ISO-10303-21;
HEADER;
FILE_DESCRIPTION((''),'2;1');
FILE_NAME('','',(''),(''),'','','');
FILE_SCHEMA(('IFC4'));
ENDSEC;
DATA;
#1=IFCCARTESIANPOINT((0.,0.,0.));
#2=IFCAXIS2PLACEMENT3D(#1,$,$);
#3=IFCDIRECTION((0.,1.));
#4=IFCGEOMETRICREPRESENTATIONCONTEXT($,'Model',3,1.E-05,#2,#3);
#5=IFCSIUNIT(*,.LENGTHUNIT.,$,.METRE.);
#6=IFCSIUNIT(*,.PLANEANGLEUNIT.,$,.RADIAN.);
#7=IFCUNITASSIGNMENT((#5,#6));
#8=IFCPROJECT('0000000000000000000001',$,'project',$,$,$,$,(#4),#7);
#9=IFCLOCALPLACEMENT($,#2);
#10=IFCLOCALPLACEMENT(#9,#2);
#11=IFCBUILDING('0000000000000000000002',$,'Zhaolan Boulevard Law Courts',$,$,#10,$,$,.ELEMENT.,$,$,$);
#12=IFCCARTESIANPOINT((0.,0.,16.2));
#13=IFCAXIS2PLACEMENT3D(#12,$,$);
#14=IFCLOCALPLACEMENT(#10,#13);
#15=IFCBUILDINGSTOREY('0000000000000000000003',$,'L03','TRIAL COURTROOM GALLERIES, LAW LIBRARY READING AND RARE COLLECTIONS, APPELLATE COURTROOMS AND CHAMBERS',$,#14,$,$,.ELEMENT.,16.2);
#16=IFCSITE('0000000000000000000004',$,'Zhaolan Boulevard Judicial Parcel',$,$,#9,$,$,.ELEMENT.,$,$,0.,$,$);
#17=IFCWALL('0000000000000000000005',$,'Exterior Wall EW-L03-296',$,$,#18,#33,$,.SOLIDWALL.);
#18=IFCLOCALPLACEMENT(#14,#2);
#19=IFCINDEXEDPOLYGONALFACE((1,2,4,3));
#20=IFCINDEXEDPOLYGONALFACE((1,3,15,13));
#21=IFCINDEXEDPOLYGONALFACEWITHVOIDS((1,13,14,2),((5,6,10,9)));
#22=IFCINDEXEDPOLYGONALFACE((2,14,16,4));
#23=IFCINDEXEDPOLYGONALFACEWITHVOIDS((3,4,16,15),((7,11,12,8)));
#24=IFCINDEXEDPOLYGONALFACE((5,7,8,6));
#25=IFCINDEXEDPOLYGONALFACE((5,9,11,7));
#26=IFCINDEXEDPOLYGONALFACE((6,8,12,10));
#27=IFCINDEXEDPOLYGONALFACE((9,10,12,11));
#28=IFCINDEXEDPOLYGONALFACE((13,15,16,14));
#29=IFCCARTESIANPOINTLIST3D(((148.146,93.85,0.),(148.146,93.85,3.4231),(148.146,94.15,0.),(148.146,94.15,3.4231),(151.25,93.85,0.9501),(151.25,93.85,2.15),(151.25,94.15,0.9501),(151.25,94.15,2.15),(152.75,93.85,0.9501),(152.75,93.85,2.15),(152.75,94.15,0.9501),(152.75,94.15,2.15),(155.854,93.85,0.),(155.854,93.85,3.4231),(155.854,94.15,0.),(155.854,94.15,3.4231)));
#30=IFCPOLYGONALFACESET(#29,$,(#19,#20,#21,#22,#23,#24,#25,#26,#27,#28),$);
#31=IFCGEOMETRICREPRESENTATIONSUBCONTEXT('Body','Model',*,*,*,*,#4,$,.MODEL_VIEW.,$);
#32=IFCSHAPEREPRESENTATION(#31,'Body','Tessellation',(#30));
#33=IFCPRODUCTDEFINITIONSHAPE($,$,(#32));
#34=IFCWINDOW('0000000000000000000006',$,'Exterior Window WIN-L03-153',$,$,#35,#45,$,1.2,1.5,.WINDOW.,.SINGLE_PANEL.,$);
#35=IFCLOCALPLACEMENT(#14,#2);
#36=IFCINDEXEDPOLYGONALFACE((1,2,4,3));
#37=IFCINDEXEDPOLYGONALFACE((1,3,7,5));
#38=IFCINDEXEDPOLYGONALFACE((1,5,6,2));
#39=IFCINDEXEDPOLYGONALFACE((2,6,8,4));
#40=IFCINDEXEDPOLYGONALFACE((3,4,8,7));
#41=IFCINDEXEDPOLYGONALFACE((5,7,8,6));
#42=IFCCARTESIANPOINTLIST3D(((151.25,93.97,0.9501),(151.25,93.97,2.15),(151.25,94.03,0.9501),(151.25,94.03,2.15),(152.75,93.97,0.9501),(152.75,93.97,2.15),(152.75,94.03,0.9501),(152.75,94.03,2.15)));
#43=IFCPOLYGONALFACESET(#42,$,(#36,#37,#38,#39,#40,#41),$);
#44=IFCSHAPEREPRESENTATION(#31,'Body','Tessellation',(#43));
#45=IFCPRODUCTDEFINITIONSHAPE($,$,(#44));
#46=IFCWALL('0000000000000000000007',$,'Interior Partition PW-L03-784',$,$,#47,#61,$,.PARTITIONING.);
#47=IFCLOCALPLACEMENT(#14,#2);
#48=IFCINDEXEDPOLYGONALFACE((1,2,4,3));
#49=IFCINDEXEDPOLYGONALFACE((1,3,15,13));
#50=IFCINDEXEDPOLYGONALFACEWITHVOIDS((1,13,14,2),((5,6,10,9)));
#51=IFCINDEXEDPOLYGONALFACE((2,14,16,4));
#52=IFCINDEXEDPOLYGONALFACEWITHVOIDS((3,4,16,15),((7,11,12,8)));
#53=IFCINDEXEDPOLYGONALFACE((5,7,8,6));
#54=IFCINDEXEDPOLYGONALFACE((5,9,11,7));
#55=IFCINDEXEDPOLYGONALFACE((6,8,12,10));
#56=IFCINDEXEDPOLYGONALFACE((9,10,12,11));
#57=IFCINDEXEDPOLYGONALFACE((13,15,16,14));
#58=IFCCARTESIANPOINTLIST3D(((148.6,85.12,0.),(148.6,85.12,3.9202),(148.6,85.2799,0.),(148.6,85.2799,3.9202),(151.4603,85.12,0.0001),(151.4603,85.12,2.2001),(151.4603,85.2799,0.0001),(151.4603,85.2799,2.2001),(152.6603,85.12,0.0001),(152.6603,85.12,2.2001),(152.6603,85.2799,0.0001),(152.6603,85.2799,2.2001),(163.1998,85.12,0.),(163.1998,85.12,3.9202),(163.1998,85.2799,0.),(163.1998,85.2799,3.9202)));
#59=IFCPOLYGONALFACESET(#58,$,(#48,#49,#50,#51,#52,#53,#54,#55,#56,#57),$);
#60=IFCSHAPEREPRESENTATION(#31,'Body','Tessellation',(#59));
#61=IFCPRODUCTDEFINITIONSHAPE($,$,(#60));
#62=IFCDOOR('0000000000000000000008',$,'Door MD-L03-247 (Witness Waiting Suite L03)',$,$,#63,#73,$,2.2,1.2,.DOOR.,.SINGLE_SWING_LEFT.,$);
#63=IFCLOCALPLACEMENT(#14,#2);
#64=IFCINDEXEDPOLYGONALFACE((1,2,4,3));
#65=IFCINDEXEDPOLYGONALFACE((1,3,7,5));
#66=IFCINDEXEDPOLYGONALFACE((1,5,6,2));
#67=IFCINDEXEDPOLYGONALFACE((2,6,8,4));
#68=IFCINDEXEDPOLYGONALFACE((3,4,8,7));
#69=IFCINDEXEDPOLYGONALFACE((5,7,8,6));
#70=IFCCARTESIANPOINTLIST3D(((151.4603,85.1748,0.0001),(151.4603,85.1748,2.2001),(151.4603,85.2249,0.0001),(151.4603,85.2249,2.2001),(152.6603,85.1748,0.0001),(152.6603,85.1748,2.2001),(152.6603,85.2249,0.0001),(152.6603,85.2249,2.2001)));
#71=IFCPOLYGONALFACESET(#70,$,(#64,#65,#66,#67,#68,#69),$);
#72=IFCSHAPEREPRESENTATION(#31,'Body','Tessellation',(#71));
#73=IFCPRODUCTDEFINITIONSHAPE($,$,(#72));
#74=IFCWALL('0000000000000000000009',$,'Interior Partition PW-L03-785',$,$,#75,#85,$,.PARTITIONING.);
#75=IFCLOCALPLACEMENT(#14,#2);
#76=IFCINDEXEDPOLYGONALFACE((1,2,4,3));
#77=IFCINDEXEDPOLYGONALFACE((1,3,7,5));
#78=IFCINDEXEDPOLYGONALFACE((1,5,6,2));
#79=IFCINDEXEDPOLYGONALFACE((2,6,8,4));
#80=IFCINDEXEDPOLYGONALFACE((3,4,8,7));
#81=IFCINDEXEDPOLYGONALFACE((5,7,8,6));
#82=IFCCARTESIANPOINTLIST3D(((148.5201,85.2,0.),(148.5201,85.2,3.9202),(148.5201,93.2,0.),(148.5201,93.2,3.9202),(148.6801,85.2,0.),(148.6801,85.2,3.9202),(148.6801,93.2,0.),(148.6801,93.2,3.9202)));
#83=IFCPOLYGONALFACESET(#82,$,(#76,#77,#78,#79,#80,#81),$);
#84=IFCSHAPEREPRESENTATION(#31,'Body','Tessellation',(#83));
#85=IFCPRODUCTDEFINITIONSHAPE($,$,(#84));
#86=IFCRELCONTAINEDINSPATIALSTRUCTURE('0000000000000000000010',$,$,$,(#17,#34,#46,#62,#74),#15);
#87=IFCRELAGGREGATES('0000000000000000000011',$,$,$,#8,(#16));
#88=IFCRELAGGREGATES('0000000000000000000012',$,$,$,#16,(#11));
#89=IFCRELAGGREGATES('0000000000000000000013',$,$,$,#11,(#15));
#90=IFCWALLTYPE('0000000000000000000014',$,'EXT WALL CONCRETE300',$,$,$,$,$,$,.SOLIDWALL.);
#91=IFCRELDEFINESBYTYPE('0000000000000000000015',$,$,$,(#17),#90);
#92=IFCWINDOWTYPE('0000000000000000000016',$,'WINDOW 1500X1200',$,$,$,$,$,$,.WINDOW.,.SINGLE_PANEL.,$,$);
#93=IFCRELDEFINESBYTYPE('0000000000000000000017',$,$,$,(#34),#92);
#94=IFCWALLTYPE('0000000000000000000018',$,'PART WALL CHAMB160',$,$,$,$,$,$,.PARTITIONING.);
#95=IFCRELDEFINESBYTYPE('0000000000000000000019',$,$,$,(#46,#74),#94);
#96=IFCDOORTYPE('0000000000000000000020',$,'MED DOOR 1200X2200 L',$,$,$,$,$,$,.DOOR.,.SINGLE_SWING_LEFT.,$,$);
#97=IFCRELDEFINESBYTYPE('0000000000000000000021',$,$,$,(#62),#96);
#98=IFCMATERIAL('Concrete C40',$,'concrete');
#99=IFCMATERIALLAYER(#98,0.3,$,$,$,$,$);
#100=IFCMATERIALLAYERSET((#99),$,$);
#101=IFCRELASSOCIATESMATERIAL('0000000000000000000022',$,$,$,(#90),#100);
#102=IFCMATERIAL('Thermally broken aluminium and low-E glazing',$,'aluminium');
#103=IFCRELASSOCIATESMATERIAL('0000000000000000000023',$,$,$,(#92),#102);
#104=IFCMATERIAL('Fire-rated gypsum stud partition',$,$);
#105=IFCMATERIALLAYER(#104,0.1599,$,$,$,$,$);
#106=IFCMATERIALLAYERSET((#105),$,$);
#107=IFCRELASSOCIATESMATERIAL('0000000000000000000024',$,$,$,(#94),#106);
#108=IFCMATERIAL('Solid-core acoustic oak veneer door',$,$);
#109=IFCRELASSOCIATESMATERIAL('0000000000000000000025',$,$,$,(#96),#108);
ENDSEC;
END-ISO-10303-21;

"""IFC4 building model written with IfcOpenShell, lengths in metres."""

from ifc_helpers import new_model, si_unit, direction, frame, frame_2d, origin, place, context, subcontext, project, spatial, rectangle, extrude, material, layer, layer_set, type_object, element, fill, save


model = new_model("IFC4")

# Units and contexts
model_context = context("Model", 3, precision=1e-05, world=origin(), true_north=direction((0.0, 1.0)))
body_context = subcontext(model_context, "Body", "Model", "MODEL_VIEW")
ifc_project = project(units=[si_unit("LENGTHUNIT", "METRE"), si_unit("PLANEANGLEUNIT", "RADIAN")], contexts=[model_context])

# Site, building, storey
site_placement = place(None, origin())
site = spatial("IfcSite", under=ifc_project, at=site_placement, Name="Zhaolan Boulevard Judicial Parcel", CompositionType="ELEMENT", RefElevation=0.0)
building_placement = place(site_placement, origin())
building = spatial("IfcBuilding", under=site, at=building_placement, Name="Zhaolan Boulevard Law Courts", CompositionType="ELEMENT")
storey_placement = place(building_placement, frame((0.0, 0.0, 16.2)))
storey = spatial("IfcBuildingStorey", under=building, at=storey_placement, Name="L03", Description="TRIAL COURTROOM GALLERIES, LAW LIBRARY READING AND RARE COLLECTIONS, APPELLATE COURTROOMS AND CHAMBERS", CompositionType="ELEMENT", Elevation=16.2)

# Wall, opening, window
ifc_material_1 = material(Name="Concrete C40", Category="concrete")
ifc_layer_1 = layer(ifc_material_1, 0.3)
ifc_layer_set_1 = layer_set([ifc_layer_1])
wall_type_1 = type_object("IfcWallType", Name="EXT WALL CONCRETE300", PredefinedType="SOLIDWALL", material=ifc_layer_set_1)
wall_1_placement = place(storey_placement, frame((155.854, 94.0, 0.0), z_axis=(0.0, 0.0, 1.0), x_axis=(-1.0, 0.0, 0.0)))
wall_1 = element("IfcWall", 1, at=wall_1_placement, inside=storey, type_object=wall_type_1, Name="Exterior Wall EW-L03-296", PredefinedType="SOLIDWALL", context=body_context, shape_type="SweptSolid", body=[
    extrude(rectangle(XDim=7.708, YDim=0.3, at=frame_2d((3.854, 0.0))), origin(), (0.0, 0.0, 1.0), 3.4231),
])
opening_1_placement = place(wall_1_placement, frame((3.104, 0.0, 0.95)))
opening_1 = element("IfcOpeningElement", 2, at=opening_1_placement, cuts=wall_1, PredefinedType="OPENING", context=body_context, shape_type="SweptSolid", body=[
    extrude(rectangle(XDim=1.5, YDim=1.2, at=frame_2d((0.75, 0.6001))), frame((0.0, 0.1599, 0.0), z_axis=(0.0, -1.0, 0.0), x_axis=(1.0, 0.0, 0.0)), (0.0, 0.0, 1.0), 0.3201),
])
ifc_material_2 = material(Name="Thermally broken aluminium and low-E glazing", Category="aluminium")
window_type = type_object("IfcWindowType", Name="WINDOW 1500X1200", PartitioningType="SINGLE_PANEL", PredefinedType="WINDOW", material=ifc_material_2)
window_placement = place(opening_1_placement, origin())
window = element("IfcWindow", 3, at=window_placement, inside=storey, type_object=window_type, Name="Exterior Window WIN-L03-153", OverallHeight=1.2, OverallWidth=1.5, PartitioningType="SINGLE_PANEL", PredefinedType="WINDOW", context=body_context, shape_type="SweptSolid", body=[
    extrude(rectangle(XDim=1.5, YDim=1.2, at=frame_2d((0.75, 0.6001))), frame((0.0, 0.03, 0.0), z_axis=(0.0, -1.0, 0.0), x_axis=(1.0, 0.0, 0.0)), (0.0, 0.0, 1.0), 0.0601),
])
fill(opening_1, window)

# Wall, opening, door
ifc_material_3 = material(Name="Fire-rated gypsum stud partition")
ifc_layer_2 = layer(ifc_material_3, 0.1599)
ifc_layer_set_2 = layer_set([ifc_layer_2])
wall_type_2 = type_object("IfcWallType", Name="PART WALL CHAMB160", PredefinedType="PARTITIONING", material=ifc_layer_set_2)
wall_2_placement = place(storey_placement, frame((148.6001, 85.2, 0.0), z_axis=(0.0, 0.0, 1.0), x_axis=(1.0, 0.0, 0.0)))
wall_2 = element("IfcWall", 4, at=wall_2_placement, inside=storey, type_object=wall_type_2, Name="Interior Partition PW-L03-784", PredefinedType="PARTITIONING", context=body_context, shape_type="SweptSolid", body=[
    extrude(rectangle(XDim=14.5999, YDim=0.1599, at=frame_2d((7.2998, 0.0))), origin(), (0.0, 0.0, 1.0), 3.9202),
])
opening_2_placement = place(wall_2_placement, frame((2.8601, 0.0, 0.0)))
opening_2 = element("IfcOpeningElement", 5, at=opening_2_placement, cuts=wall_2, PredefinedType="OPENING", context=body_context, shape_type="SweptSolid", body=[
    extrude(rectangle(XDim=1.2, YDim=2.2, at=frame_2d((0.6001, 1.1001))), frame((0.0, 0.0898, 0.0), z_axis=(0.0, -1.0, 0.0), x_axis=(1.0, 0.0, 0.0)), (0.0, 0.0, 1.0), 0.1799),
])
ifc_material_4 = material(Name="Solid-core acoustic oak veneer door")
door_type = type_object("IfcDoorType", Name="MED DOOR 1200X2200 L", OperationType="SINGLE_SWING_LEFT", PredefinedType="DOOR", material=ifc_material_4)
door_placement = place(opening_2_placement, origin())
door = element("IfcDoor", 6, at=door_placement, inside=storey, type_object=door_type, Name="Door MD-L03-247 (Witness Waiting Suite L03)", OperationType="SINGLE_SWING_LEFT", OverallHeight=2.2, OverallWidth=1.2, PredefinedType="DOOR", context=body_context, shape_type="SweptSolid", body=[
    extrude(rectangle(XDim=1.2, YDim=2.2, at=frame_2d((0.6001, 1.1001))), frame((0.0, 0.0249, 0.0), z_axis=(0.0, -1.0, 0.0), x_axis=(1.0, 0.0, 0.0)), (0.0, 0.0, 1.0), 0.05),
])
fill(opening_2, door)

# Wall
wall_3_placement = place(storey_placement, frame((148.6001, 93.2, 0.0), z_axis=(0.0, 0.0, 1.0), x_axis=(0.0, -1.0, 0.0)))
element("IfcWall", 7, at=wall_3_placement, inside=storey, type_object=wall_type_2, Name="Interior Partition PW-L03-785", PredefinedType="PARTITIONING", context=body_context, shape_type="SweptSolid", body=[
    extrude(rectangle(XDim=8.0, YDim=0.1599, at=frame_2d((4.0, 0.0))), origin(), (0.0, 0.0, 1.0), 3.9202),
])

save(model, "model.ifc")
